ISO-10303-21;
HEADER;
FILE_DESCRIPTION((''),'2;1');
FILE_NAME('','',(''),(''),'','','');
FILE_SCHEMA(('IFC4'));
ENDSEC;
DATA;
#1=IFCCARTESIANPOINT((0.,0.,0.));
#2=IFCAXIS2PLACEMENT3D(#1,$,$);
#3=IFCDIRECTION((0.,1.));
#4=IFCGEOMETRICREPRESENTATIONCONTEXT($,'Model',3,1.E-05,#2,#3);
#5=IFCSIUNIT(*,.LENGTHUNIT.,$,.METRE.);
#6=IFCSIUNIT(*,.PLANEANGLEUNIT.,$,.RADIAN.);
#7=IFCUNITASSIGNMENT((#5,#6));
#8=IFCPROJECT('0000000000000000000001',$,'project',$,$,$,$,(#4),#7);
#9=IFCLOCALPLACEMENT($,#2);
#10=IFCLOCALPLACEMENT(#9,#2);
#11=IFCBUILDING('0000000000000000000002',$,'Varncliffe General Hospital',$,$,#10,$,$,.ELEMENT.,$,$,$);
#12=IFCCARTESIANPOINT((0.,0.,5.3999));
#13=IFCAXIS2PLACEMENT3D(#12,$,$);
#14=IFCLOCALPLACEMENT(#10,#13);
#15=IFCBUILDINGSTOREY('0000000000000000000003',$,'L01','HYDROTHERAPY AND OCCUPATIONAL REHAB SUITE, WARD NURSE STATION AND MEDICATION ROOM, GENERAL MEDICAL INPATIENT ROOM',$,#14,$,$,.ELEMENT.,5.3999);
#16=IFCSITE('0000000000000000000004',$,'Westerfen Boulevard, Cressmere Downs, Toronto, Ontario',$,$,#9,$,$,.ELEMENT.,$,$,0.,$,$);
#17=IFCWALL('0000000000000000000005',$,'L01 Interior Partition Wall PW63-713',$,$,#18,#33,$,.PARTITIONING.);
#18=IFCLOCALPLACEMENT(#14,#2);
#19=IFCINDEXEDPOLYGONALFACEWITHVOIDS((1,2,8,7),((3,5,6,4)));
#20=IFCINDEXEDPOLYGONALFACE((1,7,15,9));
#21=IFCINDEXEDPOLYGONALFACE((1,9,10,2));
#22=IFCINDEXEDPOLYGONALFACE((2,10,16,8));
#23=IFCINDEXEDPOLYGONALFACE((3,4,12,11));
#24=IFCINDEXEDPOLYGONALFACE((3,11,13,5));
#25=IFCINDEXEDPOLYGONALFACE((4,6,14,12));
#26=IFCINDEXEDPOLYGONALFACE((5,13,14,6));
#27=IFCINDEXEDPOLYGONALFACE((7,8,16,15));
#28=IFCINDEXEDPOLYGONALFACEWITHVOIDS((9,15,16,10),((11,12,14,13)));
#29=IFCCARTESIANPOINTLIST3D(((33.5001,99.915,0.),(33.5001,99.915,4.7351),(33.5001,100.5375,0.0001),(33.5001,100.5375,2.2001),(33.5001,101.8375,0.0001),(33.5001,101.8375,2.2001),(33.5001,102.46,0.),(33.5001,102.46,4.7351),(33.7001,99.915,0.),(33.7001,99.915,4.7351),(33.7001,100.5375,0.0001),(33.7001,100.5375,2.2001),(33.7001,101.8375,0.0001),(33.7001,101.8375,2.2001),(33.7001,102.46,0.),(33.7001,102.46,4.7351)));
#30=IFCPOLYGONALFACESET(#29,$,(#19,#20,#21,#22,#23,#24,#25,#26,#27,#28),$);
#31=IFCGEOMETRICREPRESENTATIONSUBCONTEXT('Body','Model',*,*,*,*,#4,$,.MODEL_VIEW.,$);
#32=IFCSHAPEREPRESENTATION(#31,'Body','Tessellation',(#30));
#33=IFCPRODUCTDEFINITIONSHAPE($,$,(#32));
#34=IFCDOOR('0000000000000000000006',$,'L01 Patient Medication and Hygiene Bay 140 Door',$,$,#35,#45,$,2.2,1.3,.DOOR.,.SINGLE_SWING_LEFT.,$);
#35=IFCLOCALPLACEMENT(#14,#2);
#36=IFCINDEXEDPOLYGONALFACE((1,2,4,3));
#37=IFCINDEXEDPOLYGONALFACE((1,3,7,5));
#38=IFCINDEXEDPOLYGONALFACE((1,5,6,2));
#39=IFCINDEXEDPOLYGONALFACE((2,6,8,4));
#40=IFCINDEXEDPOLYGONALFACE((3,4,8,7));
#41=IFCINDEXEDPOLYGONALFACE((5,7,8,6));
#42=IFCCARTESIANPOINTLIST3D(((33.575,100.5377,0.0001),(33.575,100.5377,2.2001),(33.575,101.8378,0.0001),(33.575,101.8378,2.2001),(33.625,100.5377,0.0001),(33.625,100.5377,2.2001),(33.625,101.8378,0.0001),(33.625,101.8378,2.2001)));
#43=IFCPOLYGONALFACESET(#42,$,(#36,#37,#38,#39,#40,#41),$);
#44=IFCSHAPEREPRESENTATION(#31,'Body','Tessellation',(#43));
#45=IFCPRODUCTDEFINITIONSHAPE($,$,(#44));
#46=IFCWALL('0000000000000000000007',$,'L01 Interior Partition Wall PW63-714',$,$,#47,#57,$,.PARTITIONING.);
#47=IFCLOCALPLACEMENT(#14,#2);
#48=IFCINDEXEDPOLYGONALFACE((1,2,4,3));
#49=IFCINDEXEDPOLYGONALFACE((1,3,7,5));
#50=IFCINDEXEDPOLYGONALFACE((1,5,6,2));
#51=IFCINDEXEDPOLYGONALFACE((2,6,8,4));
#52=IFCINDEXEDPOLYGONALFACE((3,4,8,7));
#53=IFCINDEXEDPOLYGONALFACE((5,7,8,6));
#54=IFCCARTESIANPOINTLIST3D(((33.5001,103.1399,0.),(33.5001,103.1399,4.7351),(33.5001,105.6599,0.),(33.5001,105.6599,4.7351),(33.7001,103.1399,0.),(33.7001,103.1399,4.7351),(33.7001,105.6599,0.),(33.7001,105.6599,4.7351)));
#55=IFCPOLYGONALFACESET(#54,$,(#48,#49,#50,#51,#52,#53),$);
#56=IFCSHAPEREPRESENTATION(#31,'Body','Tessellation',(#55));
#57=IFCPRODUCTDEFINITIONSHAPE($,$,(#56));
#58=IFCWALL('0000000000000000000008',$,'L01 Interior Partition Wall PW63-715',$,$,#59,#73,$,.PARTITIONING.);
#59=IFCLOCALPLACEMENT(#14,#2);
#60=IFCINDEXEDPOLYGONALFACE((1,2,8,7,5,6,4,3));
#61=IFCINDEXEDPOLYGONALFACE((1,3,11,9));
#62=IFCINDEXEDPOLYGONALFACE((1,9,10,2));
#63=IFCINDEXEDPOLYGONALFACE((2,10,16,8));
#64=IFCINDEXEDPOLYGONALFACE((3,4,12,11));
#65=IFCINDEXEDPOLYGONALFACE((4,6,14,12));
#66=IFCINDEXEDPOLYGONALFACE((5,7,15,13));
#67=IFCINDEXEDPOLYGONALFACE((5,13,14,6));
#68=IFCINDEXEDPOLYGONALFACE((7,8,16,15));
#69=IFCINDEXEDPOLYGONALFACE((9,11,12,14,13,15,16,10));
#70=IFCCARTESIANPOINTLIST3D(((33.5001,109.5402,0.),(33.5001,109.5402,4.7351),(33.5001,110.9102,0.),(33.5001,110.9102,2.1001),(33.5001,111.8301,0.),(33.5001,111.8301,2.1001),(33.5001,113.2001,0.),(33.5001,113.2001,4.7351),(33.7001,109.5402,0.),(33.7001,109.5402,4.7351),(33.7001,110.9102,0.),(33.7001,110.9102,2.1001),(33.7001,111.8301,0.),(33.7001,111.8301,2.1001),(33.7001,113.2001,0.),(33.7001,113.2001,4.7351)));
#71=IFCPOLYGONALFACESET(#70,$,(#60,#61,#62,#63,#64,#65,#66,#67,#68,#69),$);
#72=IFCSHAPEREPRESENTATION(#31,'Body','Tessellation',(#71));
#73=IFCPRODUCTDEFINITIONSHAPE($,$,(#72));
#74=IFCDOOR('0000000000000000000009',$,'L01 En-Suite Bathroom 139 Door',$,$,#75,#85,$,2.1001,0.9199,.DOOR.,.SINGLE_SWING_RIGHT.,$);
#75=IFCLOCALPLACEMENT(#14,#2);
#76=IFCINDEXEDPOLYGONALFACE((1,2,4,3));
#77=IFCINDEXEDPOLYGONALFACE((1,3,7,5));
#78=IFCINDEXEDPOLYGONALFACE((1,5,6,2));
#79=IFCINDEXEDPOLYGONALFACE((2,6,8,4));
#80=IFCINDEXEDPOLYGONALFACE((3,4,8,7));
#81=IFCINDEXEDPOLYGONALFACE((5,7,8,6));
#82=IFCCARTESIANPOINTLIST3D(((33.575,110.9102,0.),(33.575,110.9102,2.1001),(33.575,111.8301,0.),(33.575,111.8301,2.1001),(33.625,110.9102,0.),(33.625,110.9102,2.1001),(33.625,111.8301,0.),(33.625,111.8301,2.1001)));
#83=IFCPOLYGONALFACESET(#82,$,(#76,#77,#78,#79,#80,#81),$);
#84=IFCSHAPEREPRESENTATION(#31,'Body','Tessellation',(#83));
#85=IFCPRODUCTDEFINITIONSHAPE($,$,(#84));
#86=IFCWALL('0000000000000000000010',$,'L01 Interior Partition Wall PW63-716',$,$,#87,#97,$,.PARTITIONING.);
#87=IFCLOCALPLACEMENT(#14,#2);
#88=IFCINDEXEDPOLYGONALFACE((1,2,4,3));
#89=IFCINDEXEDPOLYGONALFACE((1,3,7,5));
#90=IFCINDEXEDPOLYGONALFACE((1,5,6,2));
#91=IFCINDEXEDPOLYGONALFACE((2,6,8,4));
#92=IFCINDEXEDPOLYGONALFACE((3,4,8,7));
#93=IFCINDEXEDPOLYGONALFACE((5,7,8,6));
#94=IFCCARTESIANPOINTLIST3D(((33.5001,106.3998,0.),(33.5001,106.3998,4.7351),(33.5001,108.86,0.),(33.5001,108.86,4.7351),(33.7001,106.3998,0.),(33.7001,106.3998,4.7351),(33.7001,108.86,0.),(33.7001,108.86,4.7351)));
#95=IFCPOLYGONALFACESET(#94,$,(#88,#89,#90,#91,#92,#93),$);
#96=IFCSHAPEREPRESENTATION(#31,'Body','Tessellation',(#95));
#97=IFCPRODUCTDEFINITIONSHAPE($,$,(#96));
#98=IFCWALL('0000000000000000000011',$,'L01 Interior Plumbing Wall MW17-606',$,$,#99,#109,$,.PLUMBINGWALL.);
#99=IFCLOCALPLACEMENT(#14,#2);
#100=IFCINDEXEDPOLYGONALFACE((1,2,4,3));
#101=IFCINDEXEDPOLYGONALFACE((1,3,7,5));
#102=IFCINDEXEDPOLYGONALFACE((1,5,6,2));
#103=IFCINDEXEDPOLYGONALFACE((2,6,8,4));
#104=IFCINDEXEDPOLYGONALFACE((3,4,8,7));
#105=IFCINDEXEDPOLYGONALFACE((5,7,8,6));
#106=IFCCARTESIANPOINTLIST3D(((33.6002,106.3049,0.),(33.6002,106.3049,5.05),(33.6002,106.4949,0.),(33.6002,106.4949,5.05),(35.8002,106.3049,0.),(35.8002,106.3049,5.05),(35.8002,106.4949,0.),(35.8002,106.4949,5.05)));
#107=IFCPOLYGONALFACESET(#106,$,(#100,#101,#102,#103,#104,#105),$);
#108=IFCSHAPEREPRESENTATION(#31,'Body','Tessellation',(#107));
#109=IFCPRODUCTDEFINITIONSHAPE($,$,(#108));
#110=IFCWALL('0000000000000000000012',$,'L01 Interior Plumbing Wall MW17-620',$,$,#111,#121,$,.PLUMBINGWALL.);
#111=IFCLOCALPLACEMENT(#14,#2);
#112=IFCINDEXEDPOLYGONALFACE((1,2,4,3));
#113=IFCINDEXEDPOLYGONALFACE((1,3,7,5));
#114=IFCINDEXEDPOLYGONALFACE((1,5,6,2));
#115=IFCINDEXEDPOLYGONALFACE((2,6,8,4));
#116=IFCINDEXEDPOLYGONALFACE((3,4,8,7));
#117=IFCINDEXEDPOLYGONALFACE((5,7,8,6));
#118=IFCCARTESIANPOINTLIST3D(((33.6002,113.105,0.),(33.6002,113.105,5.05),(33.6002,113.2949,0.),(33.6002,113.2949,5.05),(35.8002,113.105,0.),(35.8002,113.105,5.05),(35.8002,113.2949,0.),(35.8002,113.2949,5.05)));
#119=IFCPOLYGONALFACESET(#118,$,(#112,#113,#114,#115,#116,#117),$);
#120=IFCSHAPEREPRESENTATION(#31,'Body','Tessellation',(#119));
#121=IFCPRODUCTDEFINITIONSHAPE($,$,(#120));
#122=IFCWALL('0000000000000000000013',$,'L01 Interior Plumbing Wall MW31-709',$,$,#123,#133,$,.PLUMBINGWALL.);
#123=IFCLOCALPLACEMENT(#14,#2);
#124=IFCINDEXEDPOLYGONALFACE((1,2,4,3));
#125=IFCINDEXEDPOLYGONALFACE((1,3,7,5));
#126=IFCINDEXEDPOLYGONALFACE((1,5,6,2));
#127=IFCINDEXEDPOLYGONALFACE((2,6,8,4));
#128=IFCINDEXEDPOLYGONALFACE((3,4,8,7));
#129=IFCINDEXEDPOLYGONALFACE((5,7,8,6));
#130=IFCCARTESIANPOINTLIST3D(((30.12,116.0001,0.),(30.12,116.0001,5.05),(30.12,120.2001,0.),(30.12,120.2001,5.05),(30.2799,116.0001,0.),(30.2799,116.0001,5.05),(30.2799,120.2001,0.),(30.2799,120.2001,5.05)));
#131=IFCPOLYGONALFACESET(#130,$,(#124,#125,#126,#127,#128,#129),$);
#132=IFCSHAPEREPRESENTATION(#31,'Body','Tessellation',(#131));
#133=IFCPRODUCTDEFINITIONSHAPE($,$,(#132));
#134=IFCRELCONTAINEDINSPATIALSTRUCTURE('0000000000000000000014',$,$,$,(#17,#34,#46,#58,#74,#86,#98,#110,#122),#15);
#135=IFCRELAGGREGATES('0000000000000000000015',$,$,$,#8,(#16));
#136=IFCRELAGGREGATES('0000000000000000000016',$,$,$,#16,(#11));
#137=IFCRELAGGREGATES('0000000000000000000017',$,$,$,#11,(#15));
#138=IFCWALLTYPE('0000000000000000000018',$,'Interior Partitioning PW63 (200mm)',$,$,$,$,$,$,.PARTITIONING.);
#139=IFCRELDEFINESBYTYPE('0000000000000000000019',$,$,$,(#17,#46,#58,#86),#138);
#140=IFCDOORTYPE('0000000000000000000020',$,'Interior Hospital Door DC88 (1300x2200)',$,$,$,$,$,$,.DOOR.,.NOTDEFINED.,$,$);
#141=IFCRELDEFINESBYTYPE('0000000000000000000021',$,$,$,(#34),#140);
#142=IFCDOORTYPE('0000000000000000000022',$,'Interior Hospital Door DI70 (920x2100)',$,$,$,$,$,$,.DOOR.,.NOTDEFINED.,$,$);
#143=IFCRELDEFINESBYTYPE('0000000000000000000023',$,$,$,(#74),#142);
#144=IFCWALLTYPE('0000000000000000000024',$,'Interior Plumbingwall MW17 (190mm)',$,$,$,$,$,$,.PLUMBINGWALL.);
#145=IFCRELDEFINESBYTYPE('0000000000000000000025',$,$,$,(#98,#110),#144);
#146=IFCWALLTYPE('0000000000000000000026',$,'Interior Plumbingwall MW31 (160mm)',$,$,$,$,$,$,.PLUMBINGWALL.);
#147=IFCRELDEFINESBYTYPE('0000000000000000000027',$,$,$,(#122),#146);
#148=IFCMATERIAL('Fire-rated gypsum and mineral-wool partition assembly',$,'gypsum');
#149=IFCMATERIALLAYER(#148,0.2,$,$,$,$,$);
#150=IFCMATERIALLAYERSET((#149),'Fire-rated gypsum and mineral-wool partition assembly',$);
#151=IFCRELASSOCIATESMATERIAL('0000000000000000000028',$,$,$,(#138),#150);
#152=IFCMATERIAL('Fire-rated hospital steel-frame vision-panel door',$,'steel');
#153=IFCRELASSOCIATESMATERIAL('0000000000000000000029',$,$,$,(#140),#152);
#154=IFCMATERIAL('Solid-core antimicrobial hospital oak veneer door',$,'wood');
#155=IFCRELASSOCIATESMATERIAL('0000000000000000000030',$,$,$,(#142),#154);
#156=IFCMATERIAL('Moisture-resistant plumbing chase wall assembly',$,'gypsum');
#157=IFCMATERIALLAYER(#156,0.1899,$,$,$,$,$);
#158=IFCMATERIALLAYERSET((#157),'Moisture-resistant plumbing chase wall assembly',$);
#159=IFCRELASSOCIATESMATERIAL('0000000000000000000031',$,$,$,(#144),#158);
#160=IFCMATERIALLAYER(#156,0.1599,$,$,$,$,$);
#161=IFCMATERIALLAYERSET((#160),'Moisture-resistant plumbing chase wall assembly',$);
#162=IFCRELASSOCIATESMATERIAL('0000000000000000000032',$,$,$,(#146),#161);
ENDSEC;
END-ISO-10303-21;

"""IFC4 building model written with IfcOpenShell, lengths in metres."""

from ifc_helpers import new_model, si_unit, direction, frame, frame_2d, origin, place, context, subcontext, project, spatial, rectangle, extrude, material, layer, layer_set, type_object, element, fill, save


model = new_model("IFC4")

# Units and contexts
model_context = context("Model", 3, precision=1e-05, world=origin(), true_north=direction((0.0, 1.0)))
body_context = subcontext(model_context, "Body", "Model", "MODEL_VIEW")
ifc_project = project(units=[si_unit("LENGTHUNIT", "METRE"), si_unit("PLANEANGLEUNIT", "RADIAN")], contexts=[model_context])

# Site, building, storey
site_placement = place(None, origin())
site = spatial("IfcSite", under=ifc_project, at=site_placement, Name="Westerfen Boulevard, Cressmere Downs, Toronto, Ontario", CompositionType="ELEMENT", RefElevation=0.0)
building_placement = place(site_placement, origin())
building = spatial("IfcBuilding", under=site, at=building_placement, Name="Varncliffe General Hospital", CompositionType="ELEMENT")
storey_placement = place(building_placement, frame((0.0, 0.0, 5.3999)))
storey = spatial("IfcBuildingStorey", under=building, at=storey_placement, Name="L01", Description="HYDROTHERAPY AND OCCUPATIONAL REHAB SUITE, WARD NURSE STATION AND MEDICATION ROOM, GENERAL MEDICAL INPATIENT ROOM", CompositionType="ELEMENT", Elevation=5.3999)

# Wall, opening, door
ifc_material_1 = material(Name="Fire-rated gypsum and mineral-wool partition assembly", Category="gypsum")
ifc_layer_1 = layer(ifc_material_1, 0.2)
ifc_layer_set_1 = layer_set([ifc_layer_1], Name="Fire-rated gypsum and mineral-wool partition assembly")
wall_type_1 = type_object("IfcWallType", Name="Interior Partitioning PW63 (200mm)", PredefinedType="PARTITIONING", material=ifc_layer_set_1)
ifc_material_2 = material(Name="Fire-rated hospital steel-frame vision-panel door", Category="steel")
ifc_material_3 = material(Name="Solid-core antimicrobial hospital oak veneer door", Category="wood")
wall_1_placement = place(storey_placement, frame((33.6001, 99.915, 0.0), z_axis=(0.0, 0.0, 1.0), x_axis=(0.0, 1.0, 0.0)))
wall_1 = element("IfcWall", 1, at=wall_1_placement, inside=storey, type_object=wall_type_1, Name="L01 Interior Partition Wall PW63-713", PredefinedType="PARTITIONING", context=body_context, shape_type="SweptSolid", body=[
    extrude(rectangle(XDim=2.5449, YDim=0.2, at=frame_2d((1.2725, 0.0))), origin(), (0.0, 0.0, 1.0), 4.7351),
])
opening_1_placement = place(wall_1_placement, frame((0.6226, 0.0, 0.0)))
opening_1 = element("IfcOpeningElement", 2, at=opening_1_placement, cuts=wall_1, PredefinedType="OPENING", context=body_context, shape_type="SweptSolid", body=[
    extrude(rectangle(XDim=1.3, YDim=2.2, at=frame_2d((0.6499, 1.1001))), frame((0.0, 0.1099, 0.0), z_axis=(0.0, -1.0, 0.0), x_axis=(1.0, 0.0, 0.0)), (0.0, 0.0, 1.0), 0.22),
])
door_type_1 = type_object("IfcDoorType", Name="Interior Hospital Door DC88 (1300x2200)", OperationType="NOTDEFINED", PredefinedType="DOOR", material=ifc_material_2)
door_1_placement = place(opening_1_placement, frame((1.3, 0.0, 0.0), z_axis=(0.0, 0.0, 1.0), x_axis=(-1.0, 0.0, 0.0)))
door_1 = element("IfcDoor", 3, at=door_1_placement, inside=storey, type_object=door_type_1, Name="L01 Patient Medication and Hygiene Bay 140 Door", OperationType="SINGLE_SWING_LEFT", OverallHeight=2.2, OverallWidth=1.3, PredefinedType="DOOR", context=body_context, shape_type="SweptSolid", body=[
    extrude(rectangle(XDim=1.3, YDim=2.2, at=frame_2d((0.6499, 1.1001))), frame((0.0, 0.0249, 0.0), z_axis=(0.0, -1.0, 0.0), x_axis=(1.0, 0.0, 0.0)), (0.0, 0.0, 1.0), 0.05),
])
fill(opening_1, door_1)

# Wall
wall_2_placement = place(storey_placement, frame((33.6001, 103.1399, 0.0), z_axis=(0.0, 0.0, 1.0), x_axis=(0.0, 1.0, 0.0)))
element("IfcWall", 4, at=wall_2_placement, inside=storey, type_object=wall_type_1, Name="L01 Interior Partition Wall PW63-714", PredefinedType="PARTITIONING", context=body_context, shape_type="SweptSolid", body=[
    extrude(rectangle(XDim=2.52, YDim=0.2, at=frame_2d((1.26, 0.0))), origin(), (0.0, 0.0, 1.0), 4.7351),
])

# Wall, opening, door
wall_3_placement = place(storey_placement, frame((33.6001, 109.54, 0.0), z_axis=(0.0, 0.0, 1.0), x_axis=(0.0, 1.0, 0.0)))
wall_3 = element("IfcWall", 5, at=wall_3_placement, inside=storey, type_object=wall_type_1, Name="L01 Interior Partition Wall PW63-715", PredefinedType="PARTITIONING", context=body_context, shape_type="SweptSolid", body=[
    extrude(rectangle(XDim=3.6599, YDim=0.2, at=frame_2d((1.8301, 0.0))), origin(), (0.0, 0.0, 1.0), 4.7351),
])
opening_2_placement = place(wall_3_placement, frame((1.3701, 0.0, 0.0)))
opening_2 = element("IfcOpeningElement", 6, at=opening_2_placement, cuts=wall_3, PredefinedType="OPENING", context=body_context, shape_type="SweptSolid", body=[
    extrude(rectangle(XDim=0.9199, YDim=2.1001, at=frame_2d((0.46, 1.05))), frame((0.0, 0.1099, 0.0), z_axis=(0.0, -1.0, 0.0), x_axis=(1.0, 0.0, 0.0)), (0.0, 0.0, 1.0), 0.22),
])
door_type_2 = type_object("IfcDoorType", Name="Interior Hospital Door DI70 (920x2100)", OperationType="NOTDEFINED", PredefinedType="DOOR", material=ifc_material_3)
door_2_placement = place(opening_2_placement, frame((0.9199, 0.0, 0.0), z_axis=(0.0, 0.0, 1.0), x_axis=(-1.0, 0.0, 0.0)))
door_2 = element("IfcDoor", 7, at=door_2_placement, inside=storey, type_object=door_type_2, Name="L01 En-Suite Bathroom 139 Door", OperationType="SINGLE_SWING_RIGHT", OverallHeight=2.1001, OverallWidth=0.9199, PredefinedType="DOOR", context=body_context, shape_type="SweptSolid", body=[
    extrude(rectangle(XDim=0.9199, YDim=2.1001, at=frame_2d((0.46, 1.05))), frame((0.0, 0.0249, 0.0), z_axis=(0.0, -1.0, 0.0), x_axis=(1.0, 0.0, 0.0)), (0.0, 0.0, 1.0), 0.05),
])
fill(opening_2, door_2)

# Walls
wall_4_placement = place(storey_placement, frame((33.6001, 106.3999, 0.0), z_axis=(0.0, 0.0, 1.0), x_axis=(0.0, 1.0, 0.0)))
element("IfcWall", 8, at=wall_4_placement, inside=storey, type_object=wall_type_1, Name="L01 Interior Partition Wall PW63-716", PredefinedType="PARTITIONING", context=body_context, shape_type="SweptSolid", body=[
    extrude(rectangle(XDim=2.4602, YDim=0.2, at=frame_2d((1.23, 0.0))), origin(), (0.0, 0.0, 1.0), 4.7351),
])
ifc_material_4 = material(Name="Moisture-resistant plumbing chase wall assembly", Category="gypsum")
ifc_layer_2 = layer(ifc_material_4, 0.1899)
ifc_layer_set_2 = layer_set([ifc_layer_2], Name="Moisture-resistant plumbing chase wall assembly")
wall_type_2 = type_object("IfcWallType", Name="Interior Plumbingwall MW17 (190mm)", PredefinedType="PLUMBINGWALL", material=ifc_layer_set_2)
for number, where, z_axis, x_axis, name in (
    (9, (33.6001, 106.3999, 0.0), (0.0, 0.0, 1.0), (1.0, 0.0, 0.0), "L01 Interior Plumbing Wall MW17-606"),
    (10, (33.6001, 113.2, 0.0), (0.0, 0.0, 1.0), (1.0, 0.0, 0.0), "L01 Interior Plumbing Wall MW17-620"),
):
    element("IfcWall", number, at=place(storey_placement, frame(where, z_axis=z_axis, x_axis=x_axis)), inside=storey, type_object=wall_type_2, Name=name, PredefinedType="PLUMBINGWALL", context=body_context, shape_type="SweptSolid", body=[
        extrude(rectangle(XDim=2.2, YDim=0.1899, at=frame_2d((1.1001, 0.0))), origin(), (0.0, 0.0, 1.0), 5.05),
    ])
ifc_layer_3 = layer(ifc_material_4, 0.1599)
ifc_layer_set_3 = layer_set([ifc_layer_3], Name="Moisture-resistant plumbing chase wall assembly")
wall_type_3 = type_object("IfcWallType", Name="Interior Plumbingwall MW31 (160mm)", PredefinedType="PLUMBINGWALL", material=ifc_layer_set_3)
wall_5_placement = place(storey_placement, frame((30.2, 116.0, 0.0), z_axis=(0.0, 0.0, 1.0), x_axis=(0.0, 1.0, 0.0)))
element("IfcWall", 11, at=wall_5_placement, inside=storey, type_object=wall_type_3, Name="L01 Interior Plumbing Wall MW31-709", PredefinedType="PLUMBINGWALL", context=body_context, shape_type="SweptSolid", body=[
    extrude(rectangle(XDim=4.2, YDim=0.1599, at=frame_2d((2.1001, 0.0))), origin(), (0.0, 0.0, 1.0), 5.05),
])

save(model, "model.ifc")
